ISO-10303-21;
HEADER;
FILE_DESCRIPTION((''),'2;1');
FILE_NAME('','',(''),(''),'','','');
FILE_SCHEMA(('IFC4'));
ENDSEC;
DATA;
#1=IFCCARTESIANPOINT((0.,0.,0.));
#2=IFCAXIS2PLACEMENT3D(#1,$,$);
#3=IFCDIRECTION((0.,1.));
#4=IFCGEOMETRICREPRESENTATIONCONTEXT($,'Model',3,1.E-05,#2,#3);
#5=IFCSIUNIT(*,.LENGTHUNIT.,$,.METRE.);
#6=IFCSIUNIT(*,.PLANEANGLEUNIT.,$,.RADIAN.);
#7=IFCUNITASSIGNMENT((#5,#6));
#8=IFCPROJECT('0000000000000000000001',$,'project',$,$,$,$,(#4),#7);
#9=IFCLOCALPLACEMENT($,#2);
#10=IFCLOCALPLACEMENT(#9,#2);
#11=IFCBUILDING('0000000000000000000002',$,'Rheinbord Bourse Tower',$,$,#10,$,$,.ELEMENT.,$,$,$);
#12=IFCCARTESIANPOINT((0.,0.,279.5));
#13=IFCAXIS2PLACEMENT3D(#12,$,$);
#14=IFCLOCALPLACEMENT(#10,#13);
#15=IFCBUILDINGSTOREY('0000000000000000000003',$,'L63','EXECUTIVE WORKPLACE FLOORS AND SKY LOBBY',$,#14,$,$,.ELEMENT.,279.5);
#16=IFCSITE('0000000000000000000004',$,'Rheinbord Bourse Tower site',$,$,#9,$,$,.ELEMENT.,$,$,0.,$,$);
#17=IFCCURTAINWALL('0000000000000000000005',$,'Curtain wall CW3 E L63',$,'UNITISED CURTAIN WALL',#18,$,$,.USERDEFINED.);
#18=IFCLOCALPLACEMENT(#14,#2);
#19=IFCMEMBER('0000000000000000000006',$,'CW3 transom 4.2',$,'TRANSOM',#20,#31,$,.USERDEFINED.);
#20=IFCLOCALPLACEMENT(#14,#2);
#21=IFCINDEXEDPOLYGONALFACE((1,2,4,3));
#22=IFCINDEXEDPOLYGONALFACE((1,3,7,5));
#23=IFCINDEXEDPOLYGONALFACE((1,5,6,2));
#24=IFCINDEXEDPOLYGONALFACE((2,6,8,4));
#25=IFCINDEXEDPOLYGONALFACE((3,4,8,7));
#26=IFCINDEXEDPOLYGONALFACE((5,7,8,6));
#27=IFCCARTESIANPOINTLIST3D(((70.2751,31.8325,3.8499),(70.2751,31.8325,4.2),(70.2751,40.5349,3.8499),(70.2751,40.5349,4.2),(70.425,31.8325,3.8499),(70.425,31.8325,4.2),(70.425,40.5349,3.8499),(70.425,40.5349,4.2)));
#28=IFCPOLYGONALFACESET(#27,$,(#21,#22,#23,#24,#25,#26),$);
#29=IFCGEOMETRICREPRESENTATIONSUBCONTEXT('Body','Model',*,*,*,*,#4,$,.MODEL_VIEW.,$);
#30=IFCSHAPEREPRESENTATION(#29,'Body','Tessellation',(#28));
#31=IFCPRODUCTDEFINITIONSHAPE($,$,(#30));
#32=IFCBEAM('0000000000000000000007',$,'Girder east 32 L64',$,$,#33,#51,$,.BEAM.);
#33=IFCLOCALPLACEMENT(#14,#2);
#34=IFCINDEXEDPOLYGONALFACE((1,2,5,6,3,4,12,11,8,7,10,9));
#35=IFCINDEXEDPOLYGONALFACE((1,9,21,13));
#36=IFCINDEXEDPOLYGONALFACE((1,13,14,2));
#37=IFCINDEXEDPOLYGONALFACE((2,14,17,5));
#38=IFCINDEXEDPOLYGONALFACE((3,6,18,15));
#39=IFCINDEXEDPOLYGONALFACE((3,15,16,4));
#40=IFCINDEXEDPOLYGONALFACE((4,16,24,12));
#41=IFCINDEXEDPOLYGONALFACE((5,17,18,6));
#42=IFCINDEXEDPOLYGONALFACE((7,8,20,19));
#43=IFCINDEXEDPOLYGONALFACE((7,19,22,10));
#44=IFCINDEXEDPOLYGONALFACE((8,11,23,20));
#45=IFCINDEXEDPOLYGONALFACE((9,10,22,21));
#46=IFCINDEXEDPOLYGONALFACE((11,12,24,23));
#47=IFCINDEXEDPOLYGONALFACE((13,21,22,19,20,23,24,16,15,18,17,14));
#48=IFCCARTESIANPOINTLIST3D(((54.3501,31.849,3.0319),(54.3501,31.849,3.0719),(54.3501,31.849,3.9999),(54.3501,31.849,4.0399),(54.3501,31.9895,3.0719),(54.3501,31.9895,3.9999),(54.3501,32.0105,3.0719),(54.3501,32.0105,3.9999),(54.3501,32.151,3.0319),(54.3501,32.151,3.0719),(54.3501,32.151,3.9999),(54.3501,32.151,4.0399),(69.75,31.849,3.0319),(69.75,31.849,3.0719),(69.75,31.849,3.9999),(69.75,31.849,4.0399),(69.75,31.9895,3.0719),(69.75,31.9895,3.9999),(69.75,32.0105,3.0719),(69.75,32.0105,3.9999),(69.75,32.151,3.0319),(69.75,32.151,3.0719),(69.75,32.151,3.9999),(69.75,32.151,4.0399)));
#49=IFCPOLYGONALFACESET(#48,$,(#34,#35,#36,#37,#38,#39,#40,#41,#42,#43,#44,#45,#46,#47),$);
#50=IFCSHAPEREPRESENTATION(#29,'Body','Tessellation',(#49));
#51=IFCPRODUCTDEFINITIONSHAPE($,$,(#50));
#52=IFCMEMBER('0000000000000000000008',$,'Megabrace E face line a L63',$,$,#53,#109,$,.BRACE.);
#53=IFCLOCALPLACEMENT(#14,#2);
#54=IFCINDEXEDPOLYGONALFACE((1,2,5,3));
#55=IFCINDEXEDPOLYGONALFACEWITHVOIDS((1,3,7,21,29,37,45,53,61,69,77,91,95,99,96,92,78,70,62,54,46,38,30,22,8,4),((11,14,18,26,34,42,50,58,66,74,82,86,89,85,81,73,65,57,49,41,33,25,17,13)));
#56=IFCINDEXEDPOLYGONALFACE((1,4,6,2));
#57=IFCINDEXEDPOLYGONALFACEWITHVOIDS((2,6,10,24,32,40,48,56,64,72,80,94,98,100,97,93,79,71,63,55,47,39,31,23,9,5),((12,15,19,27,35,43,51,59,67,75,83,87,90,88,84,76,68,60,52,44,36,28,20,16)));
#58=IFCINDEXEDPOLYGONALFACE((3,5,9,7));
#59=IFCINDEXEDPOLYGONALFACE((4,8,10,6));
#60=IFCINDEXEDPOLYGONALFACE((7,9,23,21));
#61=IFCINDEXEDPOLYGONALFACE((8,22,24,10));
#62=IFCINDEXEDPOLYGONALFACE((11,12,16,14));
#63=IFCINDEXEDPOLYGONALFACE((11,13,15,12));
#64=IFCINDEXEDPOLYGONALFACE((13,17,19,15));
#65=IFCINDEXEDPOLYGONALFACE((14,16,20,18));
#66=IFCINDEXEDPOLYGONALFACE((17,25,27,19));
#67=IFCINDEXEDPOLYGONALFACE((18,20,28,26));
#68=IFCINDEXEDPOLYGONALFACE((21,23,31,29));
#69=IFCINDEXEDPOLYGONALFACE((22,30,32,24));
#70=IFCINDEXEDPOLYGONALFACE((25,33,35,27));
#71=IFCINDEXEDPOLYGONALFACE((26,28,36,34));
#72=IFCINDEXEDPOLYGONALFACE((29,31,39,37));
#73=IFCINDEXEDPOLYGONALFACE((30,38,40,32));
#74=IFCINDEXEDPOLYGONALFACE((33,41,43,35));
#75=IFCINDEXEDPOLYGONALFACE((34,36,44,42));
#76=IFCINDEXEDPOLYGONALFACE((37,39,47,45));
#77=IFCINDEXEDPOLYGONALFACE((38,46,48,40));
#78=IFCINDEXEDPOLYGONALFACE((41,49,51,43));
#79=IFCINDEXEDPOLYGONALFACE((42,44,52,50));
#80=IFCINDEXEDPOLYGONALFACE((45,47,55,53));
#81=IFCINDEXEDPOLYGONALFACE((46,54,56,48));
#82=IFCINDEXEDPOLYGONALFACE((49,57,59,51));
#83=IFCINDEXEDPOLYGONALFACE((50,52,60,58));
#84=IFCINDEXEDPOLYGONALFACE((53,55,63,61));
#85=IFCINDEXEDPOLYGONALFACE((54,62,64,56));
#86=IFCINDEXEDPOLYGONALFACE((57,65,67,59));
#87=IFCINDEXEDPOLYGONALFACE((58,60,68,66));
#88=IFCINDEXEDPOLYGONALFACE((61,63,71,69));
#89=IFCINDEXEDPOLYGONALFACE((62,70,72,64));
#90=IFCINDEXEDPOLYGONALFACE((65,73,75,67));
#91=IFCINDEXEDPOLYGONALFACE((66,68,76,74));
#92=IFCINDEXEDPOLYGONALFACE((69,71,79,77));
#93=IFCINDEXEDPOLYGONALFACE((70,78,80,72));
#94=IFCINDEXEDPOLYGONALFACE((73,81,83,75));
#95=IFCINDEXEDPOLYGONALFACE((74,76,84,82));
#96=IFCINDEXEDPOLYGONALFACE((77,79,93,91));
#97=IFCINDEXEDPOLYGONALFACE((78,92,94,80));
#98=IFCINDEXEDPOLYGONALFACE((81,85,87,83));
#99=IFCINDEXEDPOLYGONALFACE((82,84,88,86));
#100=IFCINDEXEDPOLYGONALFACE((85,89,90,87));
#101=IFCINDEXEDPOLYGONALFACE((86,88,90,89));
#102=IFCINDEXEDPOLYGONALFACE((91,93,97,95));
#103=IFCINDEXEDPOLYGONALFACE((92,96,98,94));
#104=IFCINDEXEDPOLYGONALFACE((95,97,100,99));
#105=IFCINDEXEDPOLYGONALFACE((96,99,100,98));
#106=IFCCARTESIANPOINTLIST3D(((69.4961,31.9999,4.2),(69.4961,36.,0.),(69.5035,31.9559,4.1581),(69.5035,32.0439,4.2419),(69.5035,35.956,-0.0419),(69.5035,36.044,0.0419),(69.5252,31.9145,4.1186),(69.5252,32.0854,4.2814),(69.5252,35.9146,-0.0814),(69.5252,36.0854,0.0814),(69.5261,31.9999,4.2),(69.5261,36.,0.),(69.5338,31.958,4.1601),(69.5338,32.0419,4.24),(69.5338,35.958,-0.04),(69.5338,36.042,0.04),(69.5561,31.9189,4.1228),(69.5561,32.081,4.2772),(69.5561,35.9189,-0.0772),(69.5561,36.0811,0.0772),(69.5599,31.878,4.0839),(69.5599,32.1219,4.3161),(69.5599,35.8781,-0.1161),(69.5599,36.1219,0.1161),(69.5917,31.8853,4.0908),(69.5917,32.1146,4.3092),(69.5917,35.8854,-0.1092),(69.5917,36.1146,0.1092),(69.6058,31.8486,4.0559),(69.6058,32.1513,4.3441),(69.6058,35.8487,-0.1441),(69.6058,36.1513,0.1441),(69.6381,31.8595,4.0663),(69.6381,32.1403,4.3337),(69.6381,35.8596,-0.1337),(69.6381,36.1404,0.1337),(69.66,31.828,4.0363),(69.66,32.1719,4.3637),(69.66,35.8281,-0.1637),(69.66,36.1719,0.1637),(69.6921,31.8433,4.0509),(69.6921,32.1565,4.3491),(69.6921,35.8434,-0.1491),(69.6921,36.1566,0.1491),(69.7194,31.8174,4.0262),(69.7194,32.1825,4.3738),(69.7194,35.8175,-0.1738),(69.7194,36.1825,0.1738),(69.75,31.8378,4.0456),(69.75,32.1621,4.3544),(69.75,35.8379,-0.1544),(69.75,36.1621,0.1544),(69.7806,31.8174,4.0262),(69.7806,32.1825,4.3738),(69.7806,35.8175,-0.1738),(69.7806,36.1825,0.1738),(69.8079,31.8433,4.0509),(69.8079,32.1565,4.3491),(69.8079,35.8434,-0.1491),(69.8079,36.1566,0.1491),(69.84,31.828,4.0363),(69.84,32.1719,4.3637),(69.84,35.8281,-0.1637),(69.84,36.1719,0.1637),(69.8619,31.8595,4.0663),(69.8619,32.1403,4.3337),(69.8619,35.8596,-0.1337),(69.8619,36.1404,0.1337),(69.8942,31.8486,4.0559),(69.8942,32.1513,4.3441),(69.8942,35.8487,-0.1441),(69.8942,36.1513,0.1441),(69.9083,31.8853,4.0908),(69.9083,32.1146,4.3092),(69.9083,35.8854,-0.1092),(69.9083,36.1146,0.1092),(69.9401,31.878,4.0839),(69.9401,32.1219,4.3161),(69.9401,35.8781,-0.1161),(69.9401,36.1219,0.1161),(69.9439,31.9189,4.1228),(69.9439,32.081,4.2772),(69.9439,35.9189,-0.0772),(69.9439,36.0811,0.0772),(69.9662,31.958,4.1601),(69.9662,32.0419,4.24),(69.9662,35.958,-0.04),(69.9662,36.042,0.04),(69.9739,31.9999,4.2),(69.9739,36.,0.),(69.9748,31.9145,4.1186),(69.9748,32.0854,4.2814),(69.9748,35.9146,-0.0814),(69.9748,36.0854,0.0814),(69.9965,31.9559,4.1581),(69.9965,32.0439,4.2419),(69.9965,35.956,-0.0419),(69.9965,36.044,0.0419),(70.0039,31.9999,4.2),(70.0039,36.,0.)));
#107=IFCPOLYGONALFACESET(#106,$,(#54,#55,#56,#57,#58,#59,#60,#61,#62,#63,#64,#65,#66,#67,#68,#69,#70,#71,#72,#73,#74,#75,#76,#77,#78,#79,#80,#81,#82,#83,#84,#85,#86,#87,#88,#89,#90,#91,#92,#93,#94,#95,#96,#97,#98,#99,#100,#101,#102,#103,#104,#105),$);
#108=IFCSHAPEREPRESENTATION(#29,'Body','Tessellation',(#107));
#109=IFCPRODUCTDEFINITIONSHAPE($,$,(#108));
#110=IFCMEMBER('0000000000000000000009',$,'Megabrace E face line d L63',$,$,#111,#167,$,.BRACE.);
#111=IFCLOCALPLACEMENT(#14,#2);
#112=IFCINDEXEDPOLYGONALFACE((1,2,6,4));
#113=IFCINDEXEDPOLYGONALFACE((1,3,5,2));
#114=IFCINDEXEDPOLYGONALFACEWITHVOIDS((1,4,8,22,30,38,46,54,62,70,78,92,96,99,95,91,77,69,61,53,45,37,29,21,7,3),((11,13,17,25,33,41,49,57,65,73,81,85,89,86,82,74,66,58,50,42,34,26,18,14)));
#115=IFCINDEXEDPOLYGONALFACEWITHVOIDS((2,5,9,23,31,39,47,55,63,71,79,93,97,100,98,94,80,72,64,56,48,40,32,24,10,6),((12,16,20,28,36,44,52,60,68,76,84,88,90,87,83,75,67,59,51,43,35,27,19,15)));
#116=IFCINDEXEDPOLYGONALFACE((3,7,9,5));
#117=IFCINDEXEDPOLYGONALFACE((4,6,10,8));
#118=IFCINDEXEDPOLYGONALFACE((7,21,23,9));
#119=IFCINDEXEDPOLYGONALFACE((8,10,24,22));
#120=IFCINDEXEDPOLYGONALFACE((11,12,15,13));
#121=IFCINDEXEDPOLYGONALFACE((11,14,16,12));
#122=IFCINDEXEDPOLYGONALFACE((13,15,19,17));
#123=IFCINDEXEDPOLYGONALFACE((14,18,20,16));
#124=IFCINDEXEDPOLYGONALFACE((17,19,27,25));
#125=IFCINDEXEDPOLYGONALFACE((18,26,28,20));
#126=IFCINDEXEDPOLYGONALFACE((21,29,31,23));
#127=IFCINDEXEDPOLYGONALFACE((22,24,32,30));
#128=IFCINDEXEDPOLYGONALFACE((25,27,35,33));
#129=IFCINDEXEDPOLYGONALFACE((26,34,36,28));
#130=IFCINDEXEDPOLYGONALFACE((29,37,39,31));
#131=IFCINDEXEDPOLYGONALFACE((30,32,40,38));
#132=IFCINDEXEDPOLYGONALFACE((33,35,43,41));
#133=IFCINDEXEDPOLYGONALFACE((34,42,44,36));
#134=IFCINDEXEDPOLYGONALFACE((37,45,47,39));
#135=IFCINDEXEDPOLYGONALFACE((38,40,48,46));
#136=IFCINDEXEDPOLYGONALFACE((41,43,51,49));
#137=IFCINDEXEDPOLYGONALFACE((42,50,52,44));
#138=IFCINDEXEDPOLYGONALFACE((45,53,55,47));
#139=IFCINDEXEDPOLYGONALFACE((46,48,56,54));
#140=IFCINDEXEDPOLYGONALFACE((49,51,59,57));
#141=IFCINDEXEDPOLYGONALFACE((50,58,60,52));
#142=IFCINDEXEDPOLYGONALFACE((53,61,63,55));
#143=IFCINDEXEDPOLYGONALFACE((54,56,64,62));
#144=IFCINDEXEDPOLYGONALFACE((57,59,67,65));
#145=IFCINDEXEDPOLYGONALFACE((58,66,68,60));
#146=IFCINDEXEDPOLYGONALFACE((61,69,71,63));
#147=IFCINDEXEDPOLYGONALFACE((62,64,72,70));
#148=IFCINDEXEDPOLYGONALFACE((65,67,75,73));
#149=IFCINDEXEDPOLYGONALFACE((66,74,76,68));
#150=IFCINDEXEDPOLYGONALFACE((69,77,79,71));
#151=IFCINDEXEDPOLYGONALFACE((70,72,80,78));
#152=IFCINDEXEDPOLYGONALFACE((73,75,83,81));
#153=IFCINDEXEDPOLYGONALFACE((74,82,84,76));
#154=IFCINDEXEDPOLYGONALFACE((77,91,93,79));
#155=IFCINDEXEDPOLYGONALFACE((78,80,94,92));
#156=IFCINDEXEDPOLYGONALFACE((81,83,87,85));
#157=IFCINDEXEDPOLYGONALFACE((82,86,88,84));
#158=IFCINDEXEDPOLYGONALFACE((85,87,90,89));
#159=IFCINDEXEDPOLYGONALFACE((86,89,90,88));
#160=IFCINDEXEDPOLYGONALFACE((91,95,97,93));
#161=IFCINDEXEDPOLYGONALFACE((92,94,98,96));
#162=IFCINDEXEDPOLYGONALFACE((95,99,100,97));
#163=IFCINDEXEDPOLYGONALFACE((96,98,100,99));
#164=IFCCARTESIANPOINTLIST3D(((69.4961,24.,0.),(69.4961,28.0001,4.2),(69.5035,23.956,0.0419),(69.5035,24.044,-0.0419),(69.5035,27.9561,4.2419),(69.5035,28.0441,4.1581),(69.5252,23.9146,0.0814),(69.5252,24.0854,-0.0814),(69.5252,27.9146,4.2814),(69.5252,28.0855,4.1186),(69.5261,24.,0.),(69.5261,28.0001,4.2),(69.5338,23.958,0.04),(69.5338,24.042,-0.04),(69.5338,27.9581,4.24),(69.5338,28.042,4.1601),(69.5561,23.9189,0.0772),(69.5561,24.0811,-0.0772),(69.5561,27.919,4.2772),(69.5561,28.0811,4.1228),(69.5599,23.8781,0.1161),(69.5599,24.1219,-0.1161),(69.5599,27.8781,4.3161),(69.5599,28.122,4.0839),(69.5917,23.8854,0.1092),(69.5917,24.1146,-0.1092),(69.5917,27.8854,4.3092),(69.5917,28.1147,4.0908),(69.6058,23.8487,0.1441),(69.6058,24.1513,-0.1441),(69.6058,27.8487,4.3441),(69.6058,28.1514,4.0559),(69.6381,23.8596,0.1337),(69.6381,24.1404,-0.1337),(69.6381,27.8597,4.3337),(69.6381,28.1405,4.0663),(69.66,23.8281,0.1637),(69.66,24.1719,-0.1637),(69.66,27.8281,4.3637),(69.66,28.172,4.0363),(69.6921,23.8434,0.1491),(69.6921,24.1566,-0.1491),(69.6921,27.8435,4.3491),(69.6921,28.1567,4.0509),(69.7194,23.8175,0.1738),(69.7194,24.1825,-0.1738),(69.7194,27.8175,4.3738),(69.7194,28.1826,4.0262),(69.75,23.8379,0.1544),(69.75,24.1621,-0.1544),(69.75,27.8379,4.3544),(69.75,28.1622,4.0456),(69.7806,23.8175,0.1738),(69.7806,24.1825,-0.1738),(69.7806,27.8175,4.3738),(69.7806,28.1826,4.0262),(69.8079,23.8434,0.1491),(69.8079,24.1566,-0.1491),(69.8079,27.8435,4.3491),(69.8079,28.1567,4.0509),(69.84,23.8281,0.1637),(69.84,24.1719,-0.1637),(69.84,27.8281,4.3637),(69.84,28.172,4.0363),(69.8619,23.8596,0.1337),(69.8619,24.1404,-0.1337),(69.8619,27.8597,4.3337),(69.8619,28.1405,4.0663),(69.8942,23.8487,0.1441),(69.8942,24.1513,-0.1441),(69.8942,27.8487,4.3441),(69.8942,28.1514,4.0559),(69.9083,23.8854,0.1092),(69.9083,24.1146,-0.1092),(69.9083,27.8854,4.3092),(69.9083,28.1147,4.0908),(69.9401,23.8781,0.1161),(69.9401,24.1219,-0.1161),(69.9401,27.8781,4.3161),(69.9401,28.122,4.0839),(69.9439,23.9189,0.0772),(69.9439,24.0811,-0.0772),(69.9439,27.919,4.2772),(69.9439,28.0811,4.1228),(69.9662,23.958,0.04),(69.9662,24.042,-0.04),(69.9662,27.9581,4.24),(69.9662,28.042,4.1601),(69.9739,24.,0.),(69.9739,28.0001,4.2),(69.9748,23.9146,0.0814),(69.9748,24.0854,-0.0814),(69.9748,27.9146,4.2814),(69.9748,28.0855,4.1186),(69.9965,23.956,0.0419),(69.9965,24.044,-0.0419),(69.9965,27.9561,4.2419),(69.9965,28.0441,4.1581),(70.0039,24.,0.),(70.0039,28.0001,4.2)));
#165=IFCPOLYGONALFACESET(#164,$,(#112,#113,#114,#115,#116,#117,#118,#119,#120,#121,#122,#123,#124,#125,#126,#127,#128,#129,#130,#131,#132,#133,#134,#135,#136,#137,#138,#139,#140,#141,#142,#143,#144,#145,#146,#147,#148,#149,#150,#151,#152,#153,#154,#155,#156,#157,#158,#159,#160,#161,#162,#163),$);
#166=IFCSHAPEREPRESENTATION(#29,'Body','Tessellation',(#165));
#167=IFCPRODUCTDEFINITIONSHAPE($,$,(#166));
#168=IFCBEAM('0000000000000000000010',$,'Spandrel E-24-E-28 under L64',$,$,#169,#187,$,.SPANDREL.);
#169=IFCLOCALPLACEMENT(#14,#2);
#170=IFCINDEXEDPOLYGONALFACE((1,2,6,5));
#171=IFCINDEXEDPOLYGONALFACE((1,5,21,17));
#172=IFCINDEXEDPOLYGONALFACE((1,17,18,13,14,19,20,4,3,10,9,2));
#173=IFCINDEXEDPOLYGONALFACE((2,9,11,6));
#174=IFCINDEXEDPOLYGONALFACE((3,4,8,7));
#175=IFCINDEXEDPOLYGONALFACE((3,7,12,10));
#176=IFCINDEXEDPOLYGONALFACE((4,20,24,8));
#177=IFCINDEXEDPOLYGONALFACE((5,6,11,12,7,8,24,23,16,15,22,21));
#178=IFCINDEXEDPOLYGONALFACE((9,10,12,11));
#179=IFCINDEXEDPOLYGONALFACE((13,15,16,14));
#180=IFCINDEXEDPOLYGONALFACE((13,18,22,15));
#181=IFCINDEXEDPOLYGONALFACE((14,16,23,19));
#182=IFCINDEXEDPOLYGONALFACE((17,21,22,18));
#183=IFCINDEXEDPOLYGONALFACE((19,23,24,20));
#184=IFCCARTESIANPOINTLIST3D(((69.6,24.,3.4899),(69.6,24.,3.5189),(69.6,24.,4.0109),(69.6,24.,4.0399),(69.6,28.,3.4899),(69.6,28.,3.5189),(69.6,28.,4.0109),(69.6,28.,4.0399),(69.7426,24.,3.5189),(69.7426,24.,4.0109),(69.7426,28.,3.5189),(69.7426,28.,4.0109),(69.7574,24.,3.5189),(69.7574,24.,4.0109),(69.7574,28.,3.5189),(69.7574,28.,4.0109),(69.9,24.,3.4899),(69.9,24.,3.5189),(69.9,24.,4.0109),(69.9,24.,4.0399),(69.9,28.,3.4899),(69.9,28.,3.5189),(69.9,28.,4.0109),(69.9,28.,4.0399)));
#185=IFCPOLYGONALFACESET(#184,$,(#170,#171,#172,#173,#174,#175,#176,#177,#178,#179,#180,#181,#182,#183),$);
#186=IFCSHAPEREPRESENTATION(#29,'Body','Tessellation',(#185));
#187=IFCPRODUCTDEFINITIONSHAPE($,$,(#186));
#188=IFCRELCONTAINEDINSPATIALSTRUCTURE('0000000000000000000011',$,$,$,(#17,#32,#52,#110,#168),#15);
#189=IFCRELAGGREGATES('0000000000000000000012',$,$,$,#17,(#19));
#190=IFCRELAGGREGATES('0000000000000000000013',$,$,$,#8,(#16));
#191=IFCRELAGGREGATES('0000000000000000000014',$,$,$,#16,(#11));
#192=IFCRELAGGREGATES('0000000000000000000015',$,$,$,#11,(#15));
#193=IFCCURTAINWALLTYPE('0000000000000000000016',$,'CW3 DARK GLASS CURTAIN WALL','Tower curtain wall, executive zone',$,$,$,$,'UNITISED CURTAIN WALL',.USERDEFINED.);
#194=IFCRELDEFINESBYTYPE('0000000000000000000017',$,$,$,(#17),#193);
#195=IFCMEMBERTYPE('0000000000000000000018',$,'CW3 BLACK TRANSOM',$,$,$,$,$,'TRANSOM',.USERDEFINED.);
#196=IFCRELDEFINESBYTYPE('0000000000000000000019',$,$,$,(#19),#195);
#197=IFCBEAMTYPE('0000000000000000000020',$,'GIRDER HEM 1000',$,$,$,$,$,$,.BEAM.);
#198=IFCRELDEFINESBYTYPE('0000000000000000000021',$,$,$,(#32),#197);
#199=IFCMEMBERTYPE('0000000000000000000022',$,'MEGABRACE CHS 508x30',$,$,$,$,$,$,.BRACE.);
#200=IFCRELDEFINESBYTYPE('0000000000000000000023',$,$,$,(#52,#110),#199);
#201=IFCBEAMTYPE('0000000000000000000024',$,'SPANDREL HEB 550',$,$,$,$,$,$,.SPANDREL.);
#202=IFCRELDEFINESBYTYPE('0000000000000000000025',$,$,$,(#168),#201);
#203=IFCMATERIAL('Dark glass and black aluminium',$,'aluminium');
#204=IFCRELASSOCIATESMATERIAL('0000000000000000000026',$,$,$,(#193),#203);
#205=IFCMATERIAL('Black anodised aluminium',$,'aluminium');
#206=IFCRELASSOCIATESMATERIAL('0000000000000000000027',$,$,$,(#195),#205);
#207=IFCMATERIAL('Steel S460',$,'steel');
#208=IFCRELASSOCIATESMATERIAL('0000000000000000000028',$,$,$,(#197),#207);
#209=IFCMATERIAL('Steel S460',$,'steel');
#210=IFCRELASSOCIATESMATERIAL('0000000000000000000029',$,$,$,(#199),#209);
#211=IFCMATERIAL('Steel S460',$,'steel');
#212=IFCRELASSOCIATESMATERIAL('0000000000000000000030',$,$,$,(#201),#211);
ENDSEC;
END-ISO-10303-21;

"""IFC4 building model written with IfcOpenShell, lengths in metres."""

from ifc_helpers import new_model, si_unit, direction, frame, origin, origin_2d, place, context, subcontext, project, spatial, rectangle, hollow_circle, i_section, extrude, material, material_profile, profile_set, type_object, element, aggregate, save


model = new_model("IFC4")

# Units and contexts
model_context = context("Model", 3, precision=1e-05, world=origin(), true_north=direction((0.0, 1.0)))
body_context = subcontext(model_context, "Body", "Model", "MODEL_VIEW")
ifc_project = project(units=[si_unit("LENGTHUNIT", "METRE"), si_unit("PLANEANGLEUNIT", "RADIAN")], contexts=[model_context])

# Site, building, storey
site_placement = place(None, origin())
site = spatial("IfcSite", under=ifc_project, at=site_placement, Name="Rheinbord Bourse Tower site", CompositionType="ELEMENT", RefElevation=0.0)
building_placement = place(site_placement, origin())
building = spatial("IfcBuilding", under=site, at=building_placement, Name="Rheinbord Bourse Tower", CompositionType="ELEMENT")
storey_placement = place(building_placement, frame((0.0, 0.0, 279.5)))
storey = spatial("IfcBuildingStorey", under=building, at=storey_placement, Name="L63", Description="EXECUTIVE WORKPLACE FLOORS AND SKY LOBBY", CompositionType="ELEMENT", Elevation=279.5)

# Curtain wall, member
ifc_material_1 = material(Name="Dark glass and black aluminium", Category="aluminium")
curtain_wall_type = type_object("IfcCurtainWallType", Name="CW3 DARK GLASS CURTAIN WALL", Description="Tower curtain wall, executive zone", ElementType="UNITISED CURTAIN WALL", PredefinedType="USERDEFINED", material=ifc_material_1)
curtain_wall_placement = place(storey_placement, origin())
curtain_wall = element("IfcCurtainWall", 1, at=curtain_wall_placement, inside=storey, type_object=curtain_wall_type, Name="Curtain wall CW3 E L63", ObjectType="UNITISED CURTAIN WALL", PredefinedType="USERDEFINED")
ifc_material_2 = material(Name="Black anodised aluminium", Category="aluminium")
ifc_material_profile_1 = material_profile(ifc_material_2, rectangle(XDim=0.1499, YDim=0.3501, at=origin_2d()), Name="CW3 TRANSOM 350x150")
ifc_profile_set_1 = profile_set([ifc_material_profile_1], Name="Black anodised aluminium")
member_type_1 = type_object("IfcMemberType", Name="CW3 BLACK TRANSOM", ElementType="TRANSOM", PredefinedType="USERDEFINED", material=ifc_profile_set_1)
member_1_placement = place(storey_placement, frame((70.3501, 31.8325, 4.0249), z_axis=(0.0, 1.0, 0.0), x_axis=(-1.0, 0.0, 0.0)))
member_1 = element("IfcMember", 2, at=member_1_placement, type_object=member_type_1, Name="CW3 transom 4.2", ObjectType="TRANSOM", PredefinedType="USERDEFINED", context=body_context, shape_type="SweptSolid", body=[
    extrude(rectangle(XDim=0.1499, YDim=0.3501, at=origin_2d()), origin(), (0.0, 0.0, 1.0), 8.7024),
])

# Beam
ifc_material_3 = material(Name="Steel S460", Category="steel")
ifc_material_profile_2 = material_profile(ifc_material_3, i_section(OverallWidth=0.302, OverallDepth=1.0081, WebThickness=0.021, FlangeThickness=0.04, at=origin_2d()), Name="HEM 1000")
ifc_profile_set_2 = profile_set([ifc_material_profile_2], Name="Steel S460")
beam_type_1 = type_object("IfcBeamType", Name="GIRDER HEM 1000", PredefinedType="BEAM", material=ifc_profile_set_2)
beam_1_placement = place(storey_placement, frame((54.3501, 32.0, 3.5359), z_axis=(1.0, 0.0, 0.0), x_axis=(0.0, 1.0, 0.0)))
element("IfcBeam", 3, at=beam_1_placement, inside=storey, type_object=beam_type_1, Name="Girder east 32 L64", PredefinedType="BEAM", context=body_context, shape_type="SweptSolid", body=[
    extrude(i_section(OverallWidth=0.302, OverallDepth=1.0081, WebThickness=0.021, FlangeThickness=0.04, at=origin_2d()), origin(), (0.0, 0.0, 1.0), 15.3999),
])

# Members
ifc_material_4 = material(Name="Steel S460", Category="steel")
ifc_material_profile_3 = material_profile(ifc_material_4, hollow_circle(Radius=0.2539, WallThickness=0.03, at=origin_2d()), Name="CHS 508x30")
ifc_profile_set_3 = profile_set([ifc_material_profile_3], Name="Steel S460")
member_type_2 = type_object("IfcMemberType", Name="MEGABRACE CHS 508x30", PredefinedType="BRACE", material=ifc_profile_set_3)
for number, where, z_axis, x_axis, name in (
    (4, (69.75, 36.0, 0.0), (0.0, -0.689659, 0.724134), (1.0, 0.0, 0.0), "Megabrace E face line a L63"),
    (5, (69.75, 24.0, 0.0), (0.0, 0.689659, 0.724134), (-1.0, 0.0, 0.0), "Megabrace E face line d L63"),
):
    element("IfcMember", number, at=place(storey_placement, frame(where, z_axis=z_axis, x_axis=x_axis)), inside=storey, type_object=member_type_2, Name=name, PredefinedType="BRACE", context=body_context, shape_type="SweptSolid", body=[
        extrude(hollow_circle(Radius=0.2539, WallThickness=0.03, at=origin_2d()), origin(), (0.0, 0.0, 1.0), 5.8),
    ])

# Beam
ifc_material_5 = material(Name="Steel S460", Category="steel")
ifc_material_profile_4 = material_profile(ifc_material_5, i_section(OverallWidth=0.3, OverallDepth=0.55, WebThickness=0.0149, FlangeThickness=0.0291, at=origin_2d()), Name="HEB 550")
ifc_profile_set_4 = profile_set([ifc_material_profile_4], Name="Steel S460")
beam_type_2 = type_object("IfcBeamType", Name="SPANDREL HEB 550", PredefinedType="SPANDREL", material=ifc_profile_set_4)
for number, where, z_axis, x_axis, name in (
    (6, (69.75, 24.0, 3.7649), (0.0, 1.0, 0.0), (-1.0, 0.0, 0.0), "Spandrel E-24-E-28 under L64"),
):
    element("IfcBeam", number, at=place(storey_placement, frame(where, z_axis=z_axis, x_axis=x_axis)), inside=storey, type_object=beam_type_2, Name=name, PredefinedType="SPANDREL", context=body_context, shape_type="SweptSolid", body=[
        extrude(i_section(OverallWidth=0.3, OverallDepth=0.55, WebThickness=0.0149, FlangeThickness=0.0291, at=origin_2d()), origin(), (0.0, 0.0, 1.0), 4.0),
    ])

aggregate(curtain_wall, [member_1])

save(model, "model.ifc")
